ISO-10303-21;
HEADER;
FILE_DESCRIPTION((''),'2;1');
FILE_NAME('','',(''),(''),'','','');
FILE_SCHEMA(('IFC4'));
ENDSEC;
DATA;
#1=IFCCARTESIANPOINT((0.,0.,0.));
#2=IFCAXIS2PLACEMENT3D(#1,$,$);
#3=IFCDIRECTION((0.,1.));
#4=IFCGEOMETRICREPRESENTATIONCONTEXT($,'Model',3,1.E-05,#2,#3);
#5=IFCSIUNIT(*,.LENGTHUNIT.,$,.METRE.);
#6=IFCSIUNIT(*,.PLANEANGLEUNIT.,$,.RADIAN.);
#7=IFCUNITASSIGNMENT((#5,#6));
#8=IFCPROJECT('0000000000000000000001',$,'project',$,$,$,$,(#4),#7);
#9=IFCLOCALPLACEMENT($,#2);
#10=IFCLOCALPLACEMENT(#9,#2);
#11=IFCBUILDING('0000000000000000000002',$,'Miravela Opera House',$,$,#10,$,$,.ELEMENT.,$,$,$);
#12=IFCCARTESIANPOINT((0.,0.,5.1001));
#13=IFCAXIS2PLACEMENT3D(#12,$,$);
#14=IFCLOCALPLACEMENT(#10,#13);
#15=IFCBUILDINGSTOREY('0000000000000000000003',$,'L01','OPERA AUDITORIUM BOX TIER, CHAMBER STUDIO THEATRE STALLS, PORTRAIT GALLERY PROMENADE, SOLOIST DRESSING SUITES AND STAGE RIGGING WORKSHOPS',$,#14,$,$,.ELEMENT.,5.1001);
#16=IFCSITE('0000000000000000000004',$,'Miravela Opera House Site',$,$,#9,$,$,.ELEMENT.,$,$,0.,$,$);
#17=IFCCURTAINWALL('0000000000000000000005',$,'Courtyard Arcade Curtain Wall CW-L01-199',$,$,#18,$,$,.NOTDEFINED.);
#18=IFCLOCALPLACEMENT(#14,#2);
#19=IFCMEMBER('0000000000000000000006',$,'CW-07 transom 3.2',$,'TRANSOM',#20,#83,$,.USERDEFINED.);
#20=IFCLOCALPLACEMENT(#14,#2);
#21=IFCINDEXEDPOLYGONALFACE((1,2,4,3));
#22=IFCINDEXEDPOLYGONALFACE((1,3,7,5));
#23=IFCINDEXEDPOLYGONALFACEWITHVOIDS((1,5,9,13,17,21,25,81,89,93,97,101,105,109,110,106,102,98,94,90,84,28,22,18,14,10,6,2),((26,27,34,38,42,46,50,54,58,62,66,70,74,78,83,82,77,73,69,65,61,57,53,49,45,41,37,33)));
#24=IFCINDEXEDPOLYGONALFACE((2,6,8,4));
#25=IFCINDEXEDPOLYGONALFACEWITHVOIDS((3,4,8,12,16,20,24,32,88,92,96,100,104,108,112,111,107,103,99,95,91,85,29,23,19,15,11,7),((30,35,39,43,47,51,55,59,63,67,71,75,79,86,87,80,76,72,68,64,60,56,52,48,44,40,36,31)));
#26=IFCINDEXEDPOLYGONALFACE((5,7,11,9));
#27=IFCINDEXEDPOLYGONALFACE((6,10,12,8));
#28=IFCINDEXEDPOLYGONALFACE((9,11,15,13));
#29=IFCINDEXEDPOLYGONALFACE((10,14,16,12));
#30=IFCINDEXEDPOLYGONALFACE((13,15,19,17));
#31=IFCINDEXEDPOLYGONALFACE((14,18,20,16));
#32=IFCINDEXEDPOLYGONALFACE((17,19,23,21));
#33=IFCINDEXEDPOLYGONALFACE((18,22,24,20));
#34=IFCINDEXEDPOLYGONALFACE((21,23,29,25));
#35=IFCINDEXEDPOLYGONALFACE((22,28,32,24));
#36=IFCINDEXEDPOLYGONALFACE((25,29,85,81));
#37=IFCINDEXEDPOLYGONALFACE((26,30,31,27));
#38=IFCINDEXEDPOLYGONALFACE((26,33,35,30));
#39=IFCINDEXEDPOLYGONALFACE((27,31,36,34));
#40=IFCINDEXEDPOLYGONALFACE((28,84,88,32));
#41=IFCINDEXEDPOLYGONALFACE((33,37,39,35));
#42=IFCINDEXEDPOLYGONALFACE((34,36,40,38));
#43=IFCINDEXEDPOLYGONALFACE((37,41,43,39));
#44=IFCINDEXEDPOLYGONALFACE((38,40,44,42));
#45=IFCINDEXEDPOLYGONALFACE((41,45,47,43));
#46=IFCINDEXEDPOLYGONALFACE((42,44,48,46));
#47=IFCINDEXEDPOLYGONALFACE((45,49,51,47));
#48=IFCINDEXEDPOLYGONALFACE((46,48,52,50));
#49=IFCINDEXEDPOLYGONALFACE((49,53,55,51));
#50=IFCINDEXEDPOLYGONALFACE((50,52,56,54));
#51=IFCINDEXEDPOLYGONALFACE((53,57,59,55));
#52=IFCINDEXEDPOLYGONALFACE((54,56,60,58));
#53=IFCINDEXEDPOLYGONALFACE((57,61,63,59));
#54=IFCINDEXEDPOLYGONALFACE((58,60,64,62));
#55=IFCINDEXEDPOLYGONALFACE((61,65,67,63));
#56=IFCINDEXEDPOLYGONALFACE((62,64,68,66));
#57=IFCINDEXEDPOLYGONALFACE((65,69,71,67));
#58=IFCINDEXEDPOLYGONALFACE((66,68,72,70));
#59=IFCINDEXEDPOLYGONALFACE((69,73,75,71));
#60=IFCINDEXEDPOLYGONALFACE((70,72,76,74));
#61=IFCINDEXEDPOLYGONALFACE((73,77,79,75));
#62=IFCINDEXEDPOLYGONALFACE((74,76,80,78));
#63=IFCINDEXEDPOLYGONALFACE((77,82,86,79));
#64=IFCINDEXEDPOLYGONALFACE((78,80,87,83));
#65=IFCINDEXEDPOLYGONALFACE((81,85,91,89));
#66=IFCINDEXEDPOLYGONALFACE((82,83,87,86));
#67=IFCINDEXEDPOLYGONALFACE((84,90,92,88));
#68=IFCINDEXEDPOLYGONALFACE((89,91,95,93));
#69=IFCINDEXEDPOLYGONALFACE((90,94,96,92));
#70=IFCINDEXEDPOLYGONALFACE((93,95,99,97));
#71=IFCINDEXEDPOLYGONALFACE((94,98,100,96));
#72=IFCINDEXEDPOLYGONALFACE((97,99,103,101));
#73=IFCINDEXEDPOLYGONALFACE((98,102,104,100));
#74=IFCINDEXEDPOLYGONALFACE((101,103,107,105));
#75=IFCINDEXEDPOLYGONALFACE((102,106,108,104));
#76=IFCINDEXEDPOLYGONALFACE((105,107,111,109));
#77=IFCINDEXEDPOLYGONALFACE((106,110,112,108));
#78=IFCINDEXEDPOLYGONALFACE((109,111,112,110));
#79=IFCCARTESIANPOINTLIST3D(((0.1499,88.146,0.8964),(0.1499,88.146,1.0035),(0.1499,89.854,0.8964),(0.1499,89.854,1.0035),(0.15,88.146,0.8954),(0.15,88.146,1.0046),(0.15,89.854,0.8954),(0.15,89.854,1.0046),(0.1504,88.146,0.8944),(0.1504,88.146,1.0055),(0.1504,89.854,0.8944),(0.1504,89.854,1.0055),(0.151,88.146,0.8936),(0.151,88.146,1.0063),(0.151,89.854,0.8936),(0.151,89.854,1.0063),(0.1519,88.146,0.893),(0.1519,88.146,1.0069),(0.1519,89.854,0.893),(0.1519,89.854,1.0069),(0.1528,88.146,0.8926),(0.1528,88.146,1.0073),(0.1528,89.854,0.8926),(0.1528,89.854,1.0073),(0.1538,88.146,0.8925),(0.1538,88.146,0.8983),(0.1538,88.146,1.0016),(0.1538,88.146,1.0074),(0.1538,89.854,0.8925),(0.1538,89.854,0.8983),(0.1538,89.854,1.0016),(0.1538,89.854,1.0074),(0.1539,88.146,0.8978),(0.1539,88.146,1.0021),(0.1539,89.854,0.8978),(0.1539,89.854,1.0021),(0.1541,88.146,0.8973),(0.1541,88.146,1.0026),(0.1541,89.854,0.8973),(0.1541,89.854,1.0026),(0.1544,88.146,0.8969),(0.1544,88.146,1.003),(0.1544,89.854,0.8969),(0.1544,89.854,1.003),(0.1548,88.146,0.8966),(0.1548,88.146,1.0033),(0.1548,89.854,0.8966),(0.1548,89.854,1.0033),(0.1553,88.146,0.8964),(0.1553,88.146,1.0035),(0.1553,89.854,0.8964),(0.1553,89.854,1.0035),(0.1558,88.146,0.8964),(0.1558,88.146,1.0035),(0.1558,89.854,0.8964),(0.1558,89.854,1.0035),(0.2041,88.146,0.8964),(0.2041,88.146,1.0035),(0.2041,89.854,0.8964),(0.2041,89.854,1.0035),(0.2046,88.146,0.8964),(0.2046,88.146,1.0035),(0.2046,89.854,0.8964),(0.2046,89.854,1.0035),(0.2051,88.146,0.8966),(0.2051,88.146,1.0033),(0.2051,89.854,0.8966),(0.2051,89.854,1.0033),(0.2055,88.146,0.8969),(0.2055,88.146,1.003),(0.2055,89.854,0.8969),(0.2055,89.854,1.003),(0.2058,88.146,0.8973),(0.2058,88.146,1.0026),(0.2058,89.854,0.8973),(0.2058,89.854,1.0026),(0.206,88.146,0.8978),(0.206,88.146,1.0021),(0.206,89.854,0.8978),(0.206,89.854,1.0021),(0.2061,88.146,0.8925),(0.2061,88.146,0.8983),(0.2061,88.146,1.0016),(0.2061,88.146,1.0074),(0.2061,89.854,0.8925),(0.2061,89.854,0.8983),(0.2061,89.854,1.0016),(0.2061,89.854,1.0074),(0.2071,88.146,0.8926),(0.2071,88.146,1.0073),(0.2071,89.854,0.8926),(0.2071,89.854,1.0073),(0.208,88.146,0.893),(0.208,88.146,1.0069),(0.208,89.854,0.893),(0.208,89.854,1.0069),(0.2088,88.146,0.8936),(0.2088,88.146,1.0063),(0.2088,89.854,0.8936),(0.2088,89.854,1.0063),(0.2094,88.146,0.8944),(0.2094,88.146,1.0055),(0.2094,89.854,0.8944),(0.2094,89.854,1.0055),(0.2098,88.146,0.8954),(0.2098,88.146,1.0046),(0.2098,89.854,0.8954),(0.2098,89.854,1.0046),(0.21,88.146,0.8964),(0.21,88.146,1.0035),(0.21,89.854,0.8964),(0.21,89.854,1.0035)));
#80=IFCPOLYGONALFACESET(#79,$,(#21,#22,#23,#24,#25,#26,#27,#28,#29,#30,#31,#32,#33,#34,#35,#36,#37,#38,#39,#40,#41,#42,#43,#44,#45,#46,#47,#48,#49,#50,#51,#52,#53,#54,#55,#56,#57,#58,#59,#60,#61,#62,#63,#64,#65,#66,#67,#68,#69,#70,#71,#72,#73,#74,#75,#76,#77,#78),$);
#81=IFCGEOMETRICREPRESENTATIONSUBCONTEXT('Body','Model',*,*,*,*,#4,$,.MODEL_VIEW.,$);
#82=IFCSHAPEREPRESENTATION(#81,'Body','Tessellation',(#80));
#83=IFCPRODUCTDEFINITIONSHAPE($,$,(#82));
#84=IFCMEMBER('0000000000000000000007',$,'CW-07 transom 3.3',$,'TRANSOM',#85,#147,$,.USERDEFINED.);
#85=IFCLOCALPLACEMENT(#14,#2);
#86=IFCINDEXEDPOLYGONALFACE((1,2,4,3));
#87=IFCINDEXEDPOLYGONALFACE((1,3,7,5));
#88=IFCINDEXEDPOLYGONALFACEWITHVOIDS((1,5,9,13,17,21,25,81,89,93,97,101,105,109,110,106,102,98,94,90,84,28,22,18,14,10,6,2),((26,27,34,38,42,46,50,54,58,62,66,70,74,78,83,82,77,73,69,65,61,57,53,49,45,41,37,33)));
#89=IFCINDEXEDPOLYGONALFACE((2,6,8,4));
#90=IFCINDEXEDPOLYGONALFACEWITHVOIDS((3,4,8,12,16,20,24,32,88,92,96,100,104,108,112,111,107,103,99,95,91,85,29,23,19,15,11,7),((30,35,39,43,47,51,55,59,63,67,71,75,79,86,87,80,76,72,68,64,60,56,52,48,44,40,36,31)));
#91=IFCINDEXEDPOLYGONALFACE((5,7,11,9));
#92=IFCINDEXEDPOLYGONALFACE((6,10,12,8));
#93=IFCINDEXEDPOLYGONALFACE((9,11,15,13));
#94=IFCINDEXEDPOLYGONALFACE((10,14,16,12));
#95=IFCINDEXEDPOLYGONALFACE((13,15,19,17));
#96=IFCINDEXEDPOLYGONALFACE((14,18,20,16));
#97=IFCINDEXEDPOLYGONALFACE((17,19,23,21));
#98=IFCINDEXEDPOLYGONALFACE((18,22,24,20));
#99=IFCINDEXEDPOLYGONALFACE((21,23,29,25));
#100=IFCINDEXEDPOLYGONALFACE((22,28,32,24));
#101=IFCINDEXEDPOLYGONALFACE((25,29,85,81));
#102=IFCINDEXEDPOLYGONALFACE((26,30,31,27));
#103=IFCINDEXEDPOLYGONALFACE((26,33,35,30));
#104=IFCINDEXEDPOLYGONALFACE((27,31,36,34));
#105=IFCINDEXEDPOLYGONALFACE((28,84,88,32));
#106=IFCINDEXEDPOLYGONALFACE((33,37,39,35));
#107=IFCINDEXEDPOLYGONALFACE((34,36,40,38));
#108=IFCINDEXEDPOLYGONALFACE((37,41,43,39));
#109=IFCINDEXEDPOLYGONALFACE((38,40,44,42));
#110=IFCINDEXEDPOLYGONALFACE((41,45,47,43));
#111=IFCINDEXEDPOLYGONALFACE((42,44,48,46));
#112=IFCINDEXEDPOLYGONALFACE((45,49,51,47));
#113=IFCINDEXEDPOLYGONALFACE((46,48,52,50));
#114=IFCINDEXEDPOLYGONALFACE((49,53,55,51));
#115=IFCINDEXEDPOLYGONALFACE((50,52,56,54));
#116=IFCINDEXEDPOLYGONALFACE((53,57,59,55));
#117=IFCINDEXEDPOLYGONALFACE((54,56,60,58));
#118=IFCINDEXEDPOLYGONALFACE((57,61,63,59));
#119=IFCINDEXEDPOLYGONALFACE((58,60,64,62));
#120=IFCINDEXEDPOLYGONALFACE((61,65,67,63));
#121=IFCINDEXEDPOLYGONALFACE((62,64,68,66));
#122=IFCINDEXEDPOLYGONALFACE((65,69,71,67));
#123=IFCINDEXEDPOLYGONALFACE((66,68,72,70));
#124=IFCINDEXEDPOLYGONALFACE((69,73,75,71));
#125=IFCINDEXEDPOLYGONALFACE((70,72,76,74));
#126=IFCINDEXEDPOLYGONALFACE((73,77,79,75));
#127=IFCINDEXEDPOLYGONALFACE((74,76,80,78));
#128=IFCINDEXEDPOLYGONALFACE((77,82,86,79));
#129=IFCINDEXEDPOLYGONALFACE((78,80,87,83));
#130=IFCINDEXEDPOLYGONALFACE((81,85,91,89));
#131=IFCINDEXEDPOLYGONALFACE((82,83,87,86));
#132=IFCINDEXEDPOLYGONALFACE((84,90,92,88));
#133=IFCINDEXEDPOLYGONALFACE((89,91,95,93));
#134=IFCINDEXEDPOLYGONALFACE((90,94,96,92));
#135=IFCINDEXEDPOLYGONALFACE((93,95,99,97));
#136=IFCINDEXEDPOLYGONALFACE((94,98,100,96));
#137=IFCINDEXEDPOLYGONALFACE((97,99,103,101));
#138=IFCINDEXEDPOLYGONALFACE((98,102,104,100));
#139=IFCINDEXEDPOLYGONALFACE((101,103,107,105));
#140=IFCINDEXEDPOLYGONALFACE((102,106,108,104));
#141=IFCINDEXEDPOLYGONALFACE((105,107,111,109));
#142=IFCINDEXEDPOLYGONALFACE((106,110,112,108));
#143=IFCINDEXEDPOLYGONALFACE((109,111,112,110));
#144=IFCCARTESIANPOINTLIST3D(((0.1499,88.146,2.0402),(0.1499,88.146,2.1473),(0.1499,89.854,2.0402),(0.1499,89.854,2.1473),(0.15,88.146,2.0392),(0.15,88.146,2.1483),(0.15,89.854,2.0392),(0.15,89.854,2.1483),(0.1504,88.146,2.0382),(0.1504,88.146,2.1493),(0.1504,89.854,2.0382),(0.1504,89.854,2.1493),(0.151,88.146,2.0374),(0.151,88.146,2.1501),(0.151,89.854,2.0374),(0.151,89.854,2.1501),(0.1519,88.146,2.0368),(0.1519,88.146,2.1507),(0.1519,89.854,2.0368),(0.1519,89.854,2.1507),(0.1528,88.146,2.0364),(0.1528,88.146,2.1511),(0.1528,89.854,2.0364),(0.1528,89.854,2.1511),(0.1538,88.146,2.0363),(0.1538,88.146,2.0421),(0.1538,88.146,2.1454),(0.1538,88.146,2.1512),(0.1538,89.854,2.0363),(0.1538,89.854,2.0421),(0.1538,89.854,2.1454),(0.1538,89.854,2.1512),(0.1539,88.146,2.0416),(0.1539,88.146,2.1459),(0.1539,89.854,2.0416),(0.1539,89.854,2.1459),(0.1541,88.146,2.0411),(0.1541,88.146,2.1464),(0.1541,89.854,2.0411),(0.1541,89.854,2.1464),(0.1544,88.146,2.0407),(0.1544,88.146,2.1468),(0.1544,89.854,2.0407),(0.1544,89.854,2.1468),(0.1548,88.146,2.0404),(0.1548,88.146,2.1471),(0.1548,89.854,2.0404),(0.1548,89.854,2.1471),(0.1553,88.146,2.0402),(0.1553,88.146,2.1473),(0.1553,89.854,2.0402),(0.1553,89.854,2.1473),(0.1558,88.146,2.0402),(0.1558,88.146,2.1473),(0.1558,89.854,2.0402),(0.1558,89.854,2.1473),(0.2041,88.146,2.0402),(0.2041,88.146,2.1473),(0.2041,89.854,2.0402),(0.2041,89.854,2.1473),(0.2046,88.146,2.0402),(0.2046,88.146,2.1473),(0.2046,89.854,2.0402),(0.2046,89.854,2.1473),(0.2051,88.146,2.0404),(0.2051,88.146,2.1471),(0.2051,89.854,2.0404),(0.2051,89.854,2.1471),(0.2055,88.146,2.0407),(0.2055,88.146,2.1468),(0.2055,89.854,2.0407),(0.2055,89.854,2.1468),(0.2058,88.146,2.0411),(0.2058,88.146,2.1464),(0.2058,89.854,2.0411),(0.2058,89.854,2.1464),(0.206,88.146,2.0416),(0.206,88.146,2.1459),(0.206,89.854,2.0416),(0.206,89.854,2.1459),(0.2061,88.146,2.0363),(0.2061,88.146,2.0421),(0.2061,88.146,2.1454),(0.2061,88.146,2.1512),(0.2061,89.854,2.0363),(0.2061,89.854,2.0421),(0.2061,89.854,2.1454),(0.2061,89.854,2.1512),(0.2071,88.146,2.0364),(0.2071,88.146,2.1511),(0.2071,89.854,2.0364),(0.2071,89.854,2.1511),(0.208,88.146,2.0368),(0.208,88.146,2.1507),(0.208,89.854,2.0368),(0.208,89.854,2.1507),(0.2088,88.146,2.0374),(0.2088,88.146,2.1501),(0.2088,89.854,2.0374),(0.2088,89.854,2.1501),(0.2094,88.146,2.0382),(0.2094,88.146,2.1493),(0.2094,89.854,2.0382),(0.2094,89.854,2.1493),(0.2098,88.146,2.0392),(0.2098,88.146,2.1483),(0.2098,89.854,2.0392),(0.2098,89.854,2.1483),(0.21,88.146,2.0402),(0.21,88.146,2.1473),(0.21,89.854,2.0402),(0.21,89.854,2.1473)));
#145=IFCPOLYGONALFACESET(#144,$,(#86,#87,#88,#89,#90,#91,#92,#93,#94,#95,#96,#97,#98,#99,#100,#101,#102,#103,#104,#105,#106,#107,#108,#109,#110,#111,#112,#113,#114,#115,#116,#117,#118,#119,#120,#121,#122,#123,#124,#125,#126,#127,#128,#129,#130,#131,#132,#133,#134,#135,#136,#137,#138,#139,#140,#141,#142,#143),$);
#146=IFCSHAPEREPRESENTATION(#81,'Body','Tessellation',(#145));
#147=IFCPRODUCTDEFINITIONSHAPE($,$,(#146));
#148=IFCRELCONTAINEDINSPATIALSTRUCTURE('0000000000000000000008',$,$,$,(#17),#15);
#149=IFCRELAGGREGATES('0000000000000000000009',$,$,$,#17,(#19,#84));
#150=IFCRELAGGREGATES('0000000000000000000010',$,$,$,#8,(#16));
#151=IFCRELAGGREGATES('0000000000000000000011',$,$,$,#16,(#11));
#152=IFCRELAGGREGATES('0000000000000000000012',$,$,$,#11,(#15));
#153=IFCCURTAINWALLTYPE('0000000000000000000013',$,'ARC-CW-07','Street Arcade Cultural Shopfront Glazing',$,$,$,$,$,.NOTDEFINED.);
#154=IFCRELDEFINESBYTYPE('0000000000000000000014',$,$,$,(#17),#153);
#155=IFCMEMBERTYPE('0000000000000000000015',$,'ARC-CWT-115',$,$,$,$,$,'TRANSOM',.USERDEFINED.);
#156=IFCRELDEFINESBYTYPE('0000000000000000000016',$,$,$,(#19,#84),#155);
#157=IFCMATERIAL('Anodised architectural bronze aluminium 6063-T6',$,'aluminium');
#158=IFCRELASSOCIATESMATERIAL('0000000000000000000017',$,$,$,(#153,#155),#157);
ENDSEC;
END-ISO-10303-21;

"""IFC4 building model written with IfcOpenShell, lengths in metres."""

from ifc_helpers import new_model, si_unit, direction, frame, origin, origin_2d, place, context, subcontext, project, spatial, hollow_rectangle, extrude, material, material_profile, profile_set, type_object, element, aggregate, save


model = new_model("IFC4")

# Units and contexts
model_context = context("Model", 3, precision=1e-05, world=origin(), true_north=direction((0.0, 1.0)))
body_context = subcontext(model_context, "Body", "Model", "MODEL_VIEW")
ifc_project = project(units=[si_unit("LENGTHUNIT", "METRE"), si_unit("PLANEANGLEUNIT", "RADIAN")], contexts=[model_context])

# Site, building, storey
site_placement = place(None, origin())
site = spatial("IfcSite", under=ifc_project, at=site_placement, Name="Miravela Opera House Site", CompositionType="ELEMENT", RefElevation=0.0)
building_placement = place(site_placement, origin())
building = spatial("IfcBuilding", under=site, at=building_placement, Name="Miravela Opera House", CompositionType="ELEMENT")
storey_placement = place(building_placement, frame((0.0, 0.0, 5.1001)))
storey = spatial("IfcBuildingStorey", under=building, at=storey_placement, Name="L01", Description="OPERA AUDITORIUM BOX TIER, CHAMBER STUDIO THEATRE STALLS, PORTRAIT GALLERY PROMENADE, SOLOIST DRESSING SUITES AND STAGE RIGGING WORKSHOPS", CompositionType="ELEMENT", Elevation=5.1001)

# Curtain wall, members
ifc_material_1 = material(Name="Anodised architectural bronze aluminium 6063-T6", Category="aluminium")
curtain_wall_type = type_object("IfcCurtainWallType", Name="ARC-CW-07", Description="Street Arcade Cultural Shopfront Glazing", PredefinedType="NOTDEFINED", material=ifc_material_1)
curtain_wall_placement = place(storey_placement, origin())
curtain_wall = element("IfcCurtainWall", 1, at=curtain_wall_placement, inside=storey, type_object=curtain_wall_type, Name="Courtyard Arcade Curtain Wall CW-L01-199", PredefinedType="NOTDEFINED")
ifc_material_profile_1 = material_profile(ifc_material_1, hollow_rectangle(XDim=0.0601, YDim=0.115, WallThickness=0.0039, InnerFilletRadius=0.002, OuterFilletRadius=0.0039, at=origin_2d()), Name="CWT-60X115")
ifc_profile_set_1 = profile_set([ifc_material_profile_1])
member_type_1 = type_object("IfcMemberType", Name="ARC-CWT-115", ElementType="TRANSOM", PredefinedType="USERDEFINED", material=ifc_profile_set_1)
member_1_placement = place(storey_placement, frame((0.1799, 88.146, 0.95), z_axis=(0.0, 1.0, 0.0), x_axis=(-1.0, 0.0, 0.0)))
member_1 = element("IfcMember", 2, at=member_1_placement, type_object=member_type_1, Name="CW-07 transom 3.2", ObjectType="TRANSOM", PredefinedType="USERDEFINED", context=body_context, shape_type="SweptSolid", body=[
    extrude(hollow_rectangle(XDim=0.0601, YDim=0.115, WallThickness=0.0039, InnerFilletRadius=0.002, OuterFilletRadius=0.0039, at=origin_2d()), origin(), (0.0, 0.0, 1.0), 1.708),
])
member_2_placement = place(storey_placement, frame((0.1799, 88.146, 2.0938), z_axis=(0.0, 1.0, 0.0), x_axis=(-1.0, 0.0, 0.0)))
member_2 = element("IfcMember", 3, at=member_2_placement, type_object=member_type_1, Name="CW-07 transom 3.3", ObjectType="TRANSOM", PredefinedType="USERDEFINED", context=body_context, shape_type="SweptSolid", body=[
    extrude(hollow_rectangle(XDim=0.0601, YDim=0.115, WallThickness=0.0039, InnerFilletRadius=0.002, OuterFilletRadius=0.0039, at=origin_2d()), origin(), (0.0, 0.0, 1.0), 1.708),
])
aggregate(curtain_wall, [member_1, member_2])

save(model, "model.ifc")
